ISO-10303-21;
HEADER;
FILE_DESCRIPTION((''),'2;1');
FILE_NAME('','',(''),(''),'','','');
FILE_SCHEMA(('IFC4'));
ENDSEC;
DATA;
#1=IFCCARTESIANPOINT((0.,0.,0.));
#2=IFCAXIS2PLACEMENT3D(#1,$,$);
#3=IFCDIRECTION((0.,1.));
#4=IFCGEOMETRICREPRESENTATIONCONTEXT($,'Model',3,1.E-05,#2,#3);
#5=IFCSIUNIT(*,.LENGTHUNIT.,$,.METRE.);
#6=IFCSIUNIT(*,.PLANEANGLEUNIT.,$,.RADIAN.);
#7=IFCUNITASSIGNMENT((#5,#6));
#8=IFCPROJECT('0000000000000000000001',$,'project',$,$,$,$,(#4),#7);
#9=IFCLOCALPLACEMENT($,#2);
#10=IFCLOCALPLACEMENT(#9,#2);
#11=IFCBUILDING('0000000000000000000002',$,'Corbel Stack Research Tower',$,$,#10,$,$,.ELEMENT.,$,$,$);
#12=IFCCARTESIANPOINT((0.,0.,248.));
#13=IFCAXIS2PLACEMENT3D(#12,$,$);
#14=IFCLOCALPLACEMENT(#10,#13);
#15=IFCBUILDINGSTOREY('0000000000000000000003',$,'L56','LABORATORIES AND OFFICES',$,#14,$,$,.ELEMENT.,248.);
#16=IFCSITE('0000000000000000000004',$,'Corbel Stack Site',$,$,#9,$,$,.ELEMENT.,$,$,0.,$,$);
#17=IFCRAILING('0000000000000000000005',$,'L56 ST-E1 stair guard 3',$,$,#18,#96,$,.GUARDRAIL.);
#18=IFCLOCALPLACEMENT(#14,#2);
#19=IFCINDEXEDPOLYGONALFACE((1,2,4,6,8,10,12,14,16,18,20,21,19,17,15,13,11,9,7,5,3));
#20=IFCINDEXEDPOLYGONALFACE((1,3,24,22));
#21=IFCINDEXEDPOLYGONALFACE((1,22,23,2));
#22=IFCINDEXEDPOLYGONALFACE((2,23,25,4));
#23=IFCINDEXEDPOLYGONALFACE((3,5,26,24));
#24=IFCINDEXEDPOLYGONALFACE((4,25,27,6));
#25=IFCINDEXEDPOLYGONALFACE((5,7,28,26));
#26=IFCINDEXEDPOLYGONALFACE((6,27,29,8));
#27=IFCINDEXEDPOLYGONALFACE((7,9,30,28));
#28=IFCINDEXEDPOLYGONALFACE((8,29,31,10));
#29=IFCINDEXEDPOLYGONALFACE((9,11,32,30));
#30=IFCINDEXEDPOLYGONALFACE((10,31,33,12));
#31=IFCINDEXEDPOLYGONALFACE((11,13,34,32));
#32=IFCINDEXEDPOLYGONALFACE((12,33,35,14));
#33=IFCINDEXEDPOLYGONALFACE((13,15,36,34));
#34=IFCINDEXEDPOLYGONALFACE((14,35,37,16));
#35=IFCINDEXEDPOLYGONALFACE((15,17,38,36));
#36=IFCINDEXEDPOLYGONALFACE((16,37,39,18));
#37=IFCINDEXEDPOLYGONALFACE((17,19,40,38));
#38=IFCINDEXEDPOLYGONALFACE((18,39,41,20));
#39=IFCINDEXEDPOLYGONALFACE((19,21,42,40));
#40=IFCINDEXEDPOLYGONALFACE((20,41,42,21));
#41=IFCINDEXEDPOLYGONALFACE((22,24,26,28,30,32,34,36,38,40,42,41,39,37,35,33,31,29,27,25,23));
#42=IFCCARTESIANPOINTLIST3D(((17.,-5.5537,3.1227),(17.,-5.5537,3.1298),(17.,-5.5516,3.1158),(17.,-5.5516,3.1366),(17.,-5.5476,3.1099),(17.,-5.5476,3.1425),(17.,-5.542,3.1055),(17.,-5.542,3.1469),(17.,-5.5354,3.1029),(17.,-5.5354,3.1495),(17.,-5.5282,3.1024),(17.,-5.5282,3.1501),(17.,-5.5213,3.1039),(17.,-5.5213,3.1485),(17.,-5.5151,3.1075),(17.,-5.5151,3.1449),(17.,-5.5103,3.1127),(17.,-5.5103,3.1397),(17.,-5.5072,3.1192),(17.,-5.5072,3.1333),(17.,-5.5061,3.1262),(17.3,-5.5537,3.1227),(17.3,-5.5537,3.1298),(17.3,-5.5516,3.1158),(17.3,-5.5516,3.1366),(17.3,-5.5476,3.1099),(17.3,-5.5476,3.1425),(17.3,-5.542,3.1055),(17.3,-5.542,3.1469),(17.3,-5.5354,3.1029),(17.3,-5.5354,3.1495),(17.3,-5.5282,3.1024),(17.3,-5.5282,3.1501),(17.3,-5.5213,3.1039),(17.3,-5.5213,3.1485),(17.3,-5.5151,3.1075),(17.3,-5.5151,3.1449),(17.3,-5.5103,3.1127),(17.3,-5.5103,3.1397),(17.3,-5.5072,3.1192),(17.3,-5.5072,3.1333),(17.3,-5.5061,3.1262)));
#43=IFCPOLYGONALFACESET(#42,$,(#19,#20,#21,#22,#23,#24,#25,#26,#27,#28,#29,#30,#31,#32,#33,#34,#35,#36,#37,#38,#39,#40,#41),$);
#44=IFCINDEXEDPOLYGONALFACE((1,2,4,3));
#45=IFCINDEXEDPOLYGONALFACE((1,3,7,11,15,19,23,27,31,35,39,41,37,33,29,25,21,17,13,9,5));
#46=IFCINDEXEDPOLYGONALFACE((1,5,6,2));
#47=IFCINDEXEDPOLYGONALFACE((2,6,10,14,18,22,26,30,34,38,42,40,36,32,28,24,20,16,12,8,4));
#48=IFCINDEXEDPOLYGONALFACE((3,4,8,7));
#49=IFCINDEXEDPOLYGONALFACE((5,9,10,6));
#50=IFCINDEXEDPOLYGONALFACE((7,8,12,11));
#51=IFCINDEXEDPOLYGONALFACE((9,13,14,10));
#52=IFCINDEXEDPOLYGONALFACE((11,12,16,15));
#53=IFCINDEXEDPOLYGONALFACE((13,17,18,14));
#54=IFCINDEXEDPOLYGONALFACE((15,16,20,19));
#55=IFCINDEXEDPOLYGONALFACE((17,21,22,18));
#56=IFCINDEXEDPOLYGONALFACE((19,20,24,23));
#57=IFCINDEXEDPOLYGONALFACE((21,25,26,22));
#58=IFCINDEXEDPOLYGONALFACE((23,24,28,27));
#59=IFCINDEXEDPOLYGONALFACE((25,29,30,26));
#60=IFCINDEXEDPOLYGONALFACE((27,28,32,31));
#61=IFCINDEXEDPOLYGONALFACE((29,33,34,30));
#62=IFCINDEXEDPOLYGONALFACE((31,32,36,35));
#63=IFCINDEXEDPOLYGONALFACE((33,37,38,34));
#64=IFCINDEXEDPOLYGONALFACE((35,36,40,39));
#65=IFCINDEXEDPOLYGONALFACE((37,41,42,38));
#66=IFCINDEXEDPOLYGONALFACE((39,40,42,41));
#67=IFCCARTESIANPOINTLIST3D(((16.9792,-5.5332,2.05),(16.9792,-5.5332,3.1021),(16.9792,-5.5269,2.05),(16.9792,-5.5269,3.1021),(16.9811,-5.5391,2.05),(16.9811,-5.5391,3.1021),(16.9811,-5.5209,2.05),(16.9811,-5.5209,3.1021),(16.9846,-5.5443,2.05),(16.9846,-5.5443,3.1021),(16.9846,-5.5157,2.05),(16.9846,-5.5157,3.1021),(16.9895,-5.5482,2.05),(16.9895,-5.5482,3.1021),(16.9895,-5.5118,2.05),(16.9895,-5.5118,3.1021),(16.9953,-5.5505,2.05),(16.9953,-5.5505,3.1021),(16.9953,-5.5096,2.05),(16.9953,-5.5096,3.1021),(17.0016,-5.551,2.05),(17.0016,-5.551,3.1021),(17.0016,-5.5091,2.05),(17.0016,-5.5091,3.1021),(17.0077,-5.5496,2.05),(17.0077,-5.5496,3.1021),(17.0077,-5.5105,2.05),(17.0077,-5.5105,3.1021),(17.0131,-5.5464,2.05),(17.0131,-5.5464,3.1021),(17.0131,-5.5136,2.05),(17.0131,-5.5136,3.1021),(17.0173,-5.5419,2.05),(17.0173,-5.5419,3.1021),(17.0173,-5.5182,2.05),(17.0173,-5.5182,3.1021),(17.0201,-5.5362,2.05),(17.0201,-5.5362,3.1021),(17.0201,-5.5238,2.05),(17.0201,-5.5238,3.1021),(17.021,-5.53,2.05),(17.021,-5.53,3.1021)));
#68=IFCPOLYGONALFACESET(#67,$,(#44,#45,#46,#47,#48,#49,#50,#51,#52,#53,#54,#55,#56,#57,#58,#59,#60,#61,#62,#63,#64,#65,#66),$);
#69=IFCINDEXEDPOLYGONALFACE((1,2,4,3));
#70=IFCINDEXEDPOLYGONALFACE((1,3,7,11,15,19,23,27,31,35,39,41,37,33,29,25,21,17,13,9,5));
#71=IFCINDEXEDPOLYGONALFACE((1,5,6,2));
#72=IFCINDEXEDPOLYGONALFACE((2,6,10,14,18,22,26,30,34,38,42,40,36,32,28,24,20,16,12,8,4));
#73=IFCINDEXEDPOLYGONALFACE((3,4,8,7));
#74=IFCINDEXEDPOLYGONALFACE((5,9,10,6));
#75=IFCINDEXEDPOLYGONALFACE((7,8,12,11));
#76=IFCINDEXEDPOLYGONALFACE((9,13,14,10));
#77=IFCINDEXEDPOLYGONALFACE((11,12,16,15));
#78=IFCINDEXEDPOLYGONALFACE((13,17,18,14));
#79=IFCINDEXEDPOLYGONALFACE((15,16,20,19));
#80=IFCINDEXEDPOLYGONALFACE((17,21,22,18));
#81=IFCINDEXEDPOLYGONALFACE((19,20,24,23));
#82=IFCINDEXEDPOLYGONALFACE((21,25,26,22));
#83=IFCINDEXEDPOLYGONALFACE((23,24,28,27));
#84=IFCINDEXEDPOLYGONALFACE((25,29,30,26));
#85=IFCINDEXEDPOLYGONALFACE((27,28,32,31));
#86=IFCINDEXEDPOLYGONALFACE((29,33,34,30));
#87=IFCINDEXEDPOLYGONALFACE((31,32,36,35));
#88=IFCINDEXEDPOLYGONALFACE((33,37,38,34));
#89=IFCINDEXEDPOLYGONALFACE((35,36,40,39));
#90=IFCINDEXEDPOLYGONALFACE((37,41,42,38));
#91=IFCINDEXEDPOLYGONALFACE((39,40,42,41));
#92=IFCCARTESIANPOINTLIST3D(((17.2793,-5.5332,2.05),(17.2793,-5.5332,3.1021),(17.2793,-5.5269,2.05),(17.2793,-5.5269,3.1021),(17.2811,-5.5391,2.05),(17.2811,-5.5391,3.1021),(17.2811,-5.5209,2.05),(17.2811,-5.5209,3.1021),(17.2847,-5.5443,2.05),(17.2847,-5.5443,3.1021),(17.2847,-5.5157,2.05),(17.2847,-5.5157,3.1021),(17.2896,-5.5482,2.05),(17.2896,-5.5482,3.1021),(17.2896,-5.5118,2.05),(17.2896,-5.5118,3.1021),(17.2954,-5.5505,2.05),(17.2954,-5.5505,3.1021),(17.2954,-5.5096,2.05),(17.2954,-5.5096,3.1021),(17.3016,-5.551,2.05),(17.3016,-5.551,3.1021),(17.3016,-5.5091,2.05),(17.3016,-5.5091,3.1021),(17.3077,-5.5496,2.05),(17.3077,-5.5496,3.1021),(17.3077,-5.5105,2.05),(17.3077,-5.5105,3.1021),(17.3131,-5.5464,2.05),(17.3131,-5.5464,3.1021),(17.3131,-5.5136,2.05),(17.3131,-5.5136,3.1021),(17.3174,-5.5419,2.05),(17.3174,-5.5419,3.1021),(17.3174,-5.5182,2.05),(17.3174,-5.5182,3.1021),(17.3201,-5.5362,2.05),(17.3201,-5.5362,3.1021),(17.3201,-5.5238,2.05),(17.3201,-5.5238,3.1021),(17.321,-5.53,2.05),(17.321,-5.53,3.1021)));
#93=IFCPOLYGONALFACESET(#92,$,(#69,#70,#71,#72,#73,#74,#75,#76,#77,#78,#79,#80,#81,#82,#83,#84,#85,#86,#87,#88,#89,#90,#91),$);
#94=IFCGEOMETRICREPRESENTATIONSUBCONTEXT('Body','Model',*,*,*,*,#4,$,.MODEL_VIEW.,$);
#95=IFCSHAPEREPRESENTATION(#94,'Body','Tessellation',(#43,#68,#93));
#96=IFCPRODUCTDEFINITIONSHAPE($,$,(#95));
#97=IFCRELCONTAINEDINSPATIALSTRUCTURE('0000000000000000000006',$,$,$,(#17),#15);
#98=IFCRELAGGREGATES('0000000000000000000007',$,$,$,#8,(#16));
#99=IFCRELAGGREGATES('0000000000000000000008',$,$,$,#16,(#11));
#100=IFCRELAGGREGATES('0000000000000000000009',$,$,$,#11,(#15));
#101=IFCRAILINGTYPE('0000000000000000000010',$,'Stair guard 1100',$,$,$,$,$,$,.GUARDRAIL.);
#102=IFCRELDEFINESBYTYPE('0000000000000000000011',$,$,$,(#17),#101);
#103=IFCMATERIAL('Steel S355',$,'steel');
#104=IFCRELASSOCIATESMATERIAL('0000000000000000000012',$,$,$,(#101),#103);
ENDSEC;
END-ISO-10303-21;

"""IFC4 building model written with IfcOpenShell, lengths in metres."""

from ifc_helpers import new_model, si_unit, direction, frame, origin, origin_2d, place, context, subcontext, project, spatial, circle, extrude, material, type_object, element, save


model = new_model("IFC4")

# Units and contexts
model_context = context("Model", 3, precision=1e-05, world=origin(), true_north=direction((0.0, 1.0)))
body_context = subcontext(model_context, "Body", "Model", "MODEL_VIEW")
ifc_project = project(units=[si_unit("LENGTHUNIT", "METRE"), si_unit("PLANEANGLEUNIT", "RADIAN")], contexts=[model_context])

# Site, building, storey
site_placement = place(None, origin())
site = spatial("IfcSite", under=ifc_project, at=site_placement, Name="Corbel Stack Site", CompositionType="ELEMENT", RefElevation=0.0)
building_placement = place(site_placement, origin())
building = spatial("IfcBuilding", under=site, at=building_placement, Name="Corbel Stack Research Tower", CompositionType="ELEMENT")
storey_placement = place(building_placement, frame((0.0, 0.0, 248.0)))
storey = spatial("IfcBuildingStorey", under=building, at=storey_placement, Name="L56", Description="LABORATORIES AND OFFICES", CompositionType="ELEMENT", Elevation=248.0)

# Railing
ifc_material_1 = material(Name="Steel S355", Category="steel")
railing_type_1 = type_object("IfcRailingType", Name="Stair guard 1100", PredefinedType="GUARDRAIL", material=ifc_material_1)
railing_1_placement = place(storey_placement, frame((17.0, -5.53, 2.05)))
element("IfcRailing", 1, at=railing_1_placement, inside=storey, type_object=railing_type_1, Name="L56 ST-E1 stair guard 3", PredefinedType="GUARDRAIL", context=body_context, shape_type="SweptSolid", body=[
    extrude(circle(Radius=0.0239, at=origin_2d()), frame((0.0, 0.0, 1.0762), z_axis=(1.0, 0.0, 0.0), x_axis=(0.0, 1.0, 0.0)), (0.0, 0.0, 1.0), 0.3),
    extrude(circle(Radius=0.021, at=origin_2d()), origin(), (0.0, 0.0, 1.0), 1.052),
    extrude(circle(Radius=0.021, at=origin_2d()), frame((0.3, 0.0, 0.0)), (0.0, 0.0, 1.0), 1.052),
])

save(model, "model.ifc")
